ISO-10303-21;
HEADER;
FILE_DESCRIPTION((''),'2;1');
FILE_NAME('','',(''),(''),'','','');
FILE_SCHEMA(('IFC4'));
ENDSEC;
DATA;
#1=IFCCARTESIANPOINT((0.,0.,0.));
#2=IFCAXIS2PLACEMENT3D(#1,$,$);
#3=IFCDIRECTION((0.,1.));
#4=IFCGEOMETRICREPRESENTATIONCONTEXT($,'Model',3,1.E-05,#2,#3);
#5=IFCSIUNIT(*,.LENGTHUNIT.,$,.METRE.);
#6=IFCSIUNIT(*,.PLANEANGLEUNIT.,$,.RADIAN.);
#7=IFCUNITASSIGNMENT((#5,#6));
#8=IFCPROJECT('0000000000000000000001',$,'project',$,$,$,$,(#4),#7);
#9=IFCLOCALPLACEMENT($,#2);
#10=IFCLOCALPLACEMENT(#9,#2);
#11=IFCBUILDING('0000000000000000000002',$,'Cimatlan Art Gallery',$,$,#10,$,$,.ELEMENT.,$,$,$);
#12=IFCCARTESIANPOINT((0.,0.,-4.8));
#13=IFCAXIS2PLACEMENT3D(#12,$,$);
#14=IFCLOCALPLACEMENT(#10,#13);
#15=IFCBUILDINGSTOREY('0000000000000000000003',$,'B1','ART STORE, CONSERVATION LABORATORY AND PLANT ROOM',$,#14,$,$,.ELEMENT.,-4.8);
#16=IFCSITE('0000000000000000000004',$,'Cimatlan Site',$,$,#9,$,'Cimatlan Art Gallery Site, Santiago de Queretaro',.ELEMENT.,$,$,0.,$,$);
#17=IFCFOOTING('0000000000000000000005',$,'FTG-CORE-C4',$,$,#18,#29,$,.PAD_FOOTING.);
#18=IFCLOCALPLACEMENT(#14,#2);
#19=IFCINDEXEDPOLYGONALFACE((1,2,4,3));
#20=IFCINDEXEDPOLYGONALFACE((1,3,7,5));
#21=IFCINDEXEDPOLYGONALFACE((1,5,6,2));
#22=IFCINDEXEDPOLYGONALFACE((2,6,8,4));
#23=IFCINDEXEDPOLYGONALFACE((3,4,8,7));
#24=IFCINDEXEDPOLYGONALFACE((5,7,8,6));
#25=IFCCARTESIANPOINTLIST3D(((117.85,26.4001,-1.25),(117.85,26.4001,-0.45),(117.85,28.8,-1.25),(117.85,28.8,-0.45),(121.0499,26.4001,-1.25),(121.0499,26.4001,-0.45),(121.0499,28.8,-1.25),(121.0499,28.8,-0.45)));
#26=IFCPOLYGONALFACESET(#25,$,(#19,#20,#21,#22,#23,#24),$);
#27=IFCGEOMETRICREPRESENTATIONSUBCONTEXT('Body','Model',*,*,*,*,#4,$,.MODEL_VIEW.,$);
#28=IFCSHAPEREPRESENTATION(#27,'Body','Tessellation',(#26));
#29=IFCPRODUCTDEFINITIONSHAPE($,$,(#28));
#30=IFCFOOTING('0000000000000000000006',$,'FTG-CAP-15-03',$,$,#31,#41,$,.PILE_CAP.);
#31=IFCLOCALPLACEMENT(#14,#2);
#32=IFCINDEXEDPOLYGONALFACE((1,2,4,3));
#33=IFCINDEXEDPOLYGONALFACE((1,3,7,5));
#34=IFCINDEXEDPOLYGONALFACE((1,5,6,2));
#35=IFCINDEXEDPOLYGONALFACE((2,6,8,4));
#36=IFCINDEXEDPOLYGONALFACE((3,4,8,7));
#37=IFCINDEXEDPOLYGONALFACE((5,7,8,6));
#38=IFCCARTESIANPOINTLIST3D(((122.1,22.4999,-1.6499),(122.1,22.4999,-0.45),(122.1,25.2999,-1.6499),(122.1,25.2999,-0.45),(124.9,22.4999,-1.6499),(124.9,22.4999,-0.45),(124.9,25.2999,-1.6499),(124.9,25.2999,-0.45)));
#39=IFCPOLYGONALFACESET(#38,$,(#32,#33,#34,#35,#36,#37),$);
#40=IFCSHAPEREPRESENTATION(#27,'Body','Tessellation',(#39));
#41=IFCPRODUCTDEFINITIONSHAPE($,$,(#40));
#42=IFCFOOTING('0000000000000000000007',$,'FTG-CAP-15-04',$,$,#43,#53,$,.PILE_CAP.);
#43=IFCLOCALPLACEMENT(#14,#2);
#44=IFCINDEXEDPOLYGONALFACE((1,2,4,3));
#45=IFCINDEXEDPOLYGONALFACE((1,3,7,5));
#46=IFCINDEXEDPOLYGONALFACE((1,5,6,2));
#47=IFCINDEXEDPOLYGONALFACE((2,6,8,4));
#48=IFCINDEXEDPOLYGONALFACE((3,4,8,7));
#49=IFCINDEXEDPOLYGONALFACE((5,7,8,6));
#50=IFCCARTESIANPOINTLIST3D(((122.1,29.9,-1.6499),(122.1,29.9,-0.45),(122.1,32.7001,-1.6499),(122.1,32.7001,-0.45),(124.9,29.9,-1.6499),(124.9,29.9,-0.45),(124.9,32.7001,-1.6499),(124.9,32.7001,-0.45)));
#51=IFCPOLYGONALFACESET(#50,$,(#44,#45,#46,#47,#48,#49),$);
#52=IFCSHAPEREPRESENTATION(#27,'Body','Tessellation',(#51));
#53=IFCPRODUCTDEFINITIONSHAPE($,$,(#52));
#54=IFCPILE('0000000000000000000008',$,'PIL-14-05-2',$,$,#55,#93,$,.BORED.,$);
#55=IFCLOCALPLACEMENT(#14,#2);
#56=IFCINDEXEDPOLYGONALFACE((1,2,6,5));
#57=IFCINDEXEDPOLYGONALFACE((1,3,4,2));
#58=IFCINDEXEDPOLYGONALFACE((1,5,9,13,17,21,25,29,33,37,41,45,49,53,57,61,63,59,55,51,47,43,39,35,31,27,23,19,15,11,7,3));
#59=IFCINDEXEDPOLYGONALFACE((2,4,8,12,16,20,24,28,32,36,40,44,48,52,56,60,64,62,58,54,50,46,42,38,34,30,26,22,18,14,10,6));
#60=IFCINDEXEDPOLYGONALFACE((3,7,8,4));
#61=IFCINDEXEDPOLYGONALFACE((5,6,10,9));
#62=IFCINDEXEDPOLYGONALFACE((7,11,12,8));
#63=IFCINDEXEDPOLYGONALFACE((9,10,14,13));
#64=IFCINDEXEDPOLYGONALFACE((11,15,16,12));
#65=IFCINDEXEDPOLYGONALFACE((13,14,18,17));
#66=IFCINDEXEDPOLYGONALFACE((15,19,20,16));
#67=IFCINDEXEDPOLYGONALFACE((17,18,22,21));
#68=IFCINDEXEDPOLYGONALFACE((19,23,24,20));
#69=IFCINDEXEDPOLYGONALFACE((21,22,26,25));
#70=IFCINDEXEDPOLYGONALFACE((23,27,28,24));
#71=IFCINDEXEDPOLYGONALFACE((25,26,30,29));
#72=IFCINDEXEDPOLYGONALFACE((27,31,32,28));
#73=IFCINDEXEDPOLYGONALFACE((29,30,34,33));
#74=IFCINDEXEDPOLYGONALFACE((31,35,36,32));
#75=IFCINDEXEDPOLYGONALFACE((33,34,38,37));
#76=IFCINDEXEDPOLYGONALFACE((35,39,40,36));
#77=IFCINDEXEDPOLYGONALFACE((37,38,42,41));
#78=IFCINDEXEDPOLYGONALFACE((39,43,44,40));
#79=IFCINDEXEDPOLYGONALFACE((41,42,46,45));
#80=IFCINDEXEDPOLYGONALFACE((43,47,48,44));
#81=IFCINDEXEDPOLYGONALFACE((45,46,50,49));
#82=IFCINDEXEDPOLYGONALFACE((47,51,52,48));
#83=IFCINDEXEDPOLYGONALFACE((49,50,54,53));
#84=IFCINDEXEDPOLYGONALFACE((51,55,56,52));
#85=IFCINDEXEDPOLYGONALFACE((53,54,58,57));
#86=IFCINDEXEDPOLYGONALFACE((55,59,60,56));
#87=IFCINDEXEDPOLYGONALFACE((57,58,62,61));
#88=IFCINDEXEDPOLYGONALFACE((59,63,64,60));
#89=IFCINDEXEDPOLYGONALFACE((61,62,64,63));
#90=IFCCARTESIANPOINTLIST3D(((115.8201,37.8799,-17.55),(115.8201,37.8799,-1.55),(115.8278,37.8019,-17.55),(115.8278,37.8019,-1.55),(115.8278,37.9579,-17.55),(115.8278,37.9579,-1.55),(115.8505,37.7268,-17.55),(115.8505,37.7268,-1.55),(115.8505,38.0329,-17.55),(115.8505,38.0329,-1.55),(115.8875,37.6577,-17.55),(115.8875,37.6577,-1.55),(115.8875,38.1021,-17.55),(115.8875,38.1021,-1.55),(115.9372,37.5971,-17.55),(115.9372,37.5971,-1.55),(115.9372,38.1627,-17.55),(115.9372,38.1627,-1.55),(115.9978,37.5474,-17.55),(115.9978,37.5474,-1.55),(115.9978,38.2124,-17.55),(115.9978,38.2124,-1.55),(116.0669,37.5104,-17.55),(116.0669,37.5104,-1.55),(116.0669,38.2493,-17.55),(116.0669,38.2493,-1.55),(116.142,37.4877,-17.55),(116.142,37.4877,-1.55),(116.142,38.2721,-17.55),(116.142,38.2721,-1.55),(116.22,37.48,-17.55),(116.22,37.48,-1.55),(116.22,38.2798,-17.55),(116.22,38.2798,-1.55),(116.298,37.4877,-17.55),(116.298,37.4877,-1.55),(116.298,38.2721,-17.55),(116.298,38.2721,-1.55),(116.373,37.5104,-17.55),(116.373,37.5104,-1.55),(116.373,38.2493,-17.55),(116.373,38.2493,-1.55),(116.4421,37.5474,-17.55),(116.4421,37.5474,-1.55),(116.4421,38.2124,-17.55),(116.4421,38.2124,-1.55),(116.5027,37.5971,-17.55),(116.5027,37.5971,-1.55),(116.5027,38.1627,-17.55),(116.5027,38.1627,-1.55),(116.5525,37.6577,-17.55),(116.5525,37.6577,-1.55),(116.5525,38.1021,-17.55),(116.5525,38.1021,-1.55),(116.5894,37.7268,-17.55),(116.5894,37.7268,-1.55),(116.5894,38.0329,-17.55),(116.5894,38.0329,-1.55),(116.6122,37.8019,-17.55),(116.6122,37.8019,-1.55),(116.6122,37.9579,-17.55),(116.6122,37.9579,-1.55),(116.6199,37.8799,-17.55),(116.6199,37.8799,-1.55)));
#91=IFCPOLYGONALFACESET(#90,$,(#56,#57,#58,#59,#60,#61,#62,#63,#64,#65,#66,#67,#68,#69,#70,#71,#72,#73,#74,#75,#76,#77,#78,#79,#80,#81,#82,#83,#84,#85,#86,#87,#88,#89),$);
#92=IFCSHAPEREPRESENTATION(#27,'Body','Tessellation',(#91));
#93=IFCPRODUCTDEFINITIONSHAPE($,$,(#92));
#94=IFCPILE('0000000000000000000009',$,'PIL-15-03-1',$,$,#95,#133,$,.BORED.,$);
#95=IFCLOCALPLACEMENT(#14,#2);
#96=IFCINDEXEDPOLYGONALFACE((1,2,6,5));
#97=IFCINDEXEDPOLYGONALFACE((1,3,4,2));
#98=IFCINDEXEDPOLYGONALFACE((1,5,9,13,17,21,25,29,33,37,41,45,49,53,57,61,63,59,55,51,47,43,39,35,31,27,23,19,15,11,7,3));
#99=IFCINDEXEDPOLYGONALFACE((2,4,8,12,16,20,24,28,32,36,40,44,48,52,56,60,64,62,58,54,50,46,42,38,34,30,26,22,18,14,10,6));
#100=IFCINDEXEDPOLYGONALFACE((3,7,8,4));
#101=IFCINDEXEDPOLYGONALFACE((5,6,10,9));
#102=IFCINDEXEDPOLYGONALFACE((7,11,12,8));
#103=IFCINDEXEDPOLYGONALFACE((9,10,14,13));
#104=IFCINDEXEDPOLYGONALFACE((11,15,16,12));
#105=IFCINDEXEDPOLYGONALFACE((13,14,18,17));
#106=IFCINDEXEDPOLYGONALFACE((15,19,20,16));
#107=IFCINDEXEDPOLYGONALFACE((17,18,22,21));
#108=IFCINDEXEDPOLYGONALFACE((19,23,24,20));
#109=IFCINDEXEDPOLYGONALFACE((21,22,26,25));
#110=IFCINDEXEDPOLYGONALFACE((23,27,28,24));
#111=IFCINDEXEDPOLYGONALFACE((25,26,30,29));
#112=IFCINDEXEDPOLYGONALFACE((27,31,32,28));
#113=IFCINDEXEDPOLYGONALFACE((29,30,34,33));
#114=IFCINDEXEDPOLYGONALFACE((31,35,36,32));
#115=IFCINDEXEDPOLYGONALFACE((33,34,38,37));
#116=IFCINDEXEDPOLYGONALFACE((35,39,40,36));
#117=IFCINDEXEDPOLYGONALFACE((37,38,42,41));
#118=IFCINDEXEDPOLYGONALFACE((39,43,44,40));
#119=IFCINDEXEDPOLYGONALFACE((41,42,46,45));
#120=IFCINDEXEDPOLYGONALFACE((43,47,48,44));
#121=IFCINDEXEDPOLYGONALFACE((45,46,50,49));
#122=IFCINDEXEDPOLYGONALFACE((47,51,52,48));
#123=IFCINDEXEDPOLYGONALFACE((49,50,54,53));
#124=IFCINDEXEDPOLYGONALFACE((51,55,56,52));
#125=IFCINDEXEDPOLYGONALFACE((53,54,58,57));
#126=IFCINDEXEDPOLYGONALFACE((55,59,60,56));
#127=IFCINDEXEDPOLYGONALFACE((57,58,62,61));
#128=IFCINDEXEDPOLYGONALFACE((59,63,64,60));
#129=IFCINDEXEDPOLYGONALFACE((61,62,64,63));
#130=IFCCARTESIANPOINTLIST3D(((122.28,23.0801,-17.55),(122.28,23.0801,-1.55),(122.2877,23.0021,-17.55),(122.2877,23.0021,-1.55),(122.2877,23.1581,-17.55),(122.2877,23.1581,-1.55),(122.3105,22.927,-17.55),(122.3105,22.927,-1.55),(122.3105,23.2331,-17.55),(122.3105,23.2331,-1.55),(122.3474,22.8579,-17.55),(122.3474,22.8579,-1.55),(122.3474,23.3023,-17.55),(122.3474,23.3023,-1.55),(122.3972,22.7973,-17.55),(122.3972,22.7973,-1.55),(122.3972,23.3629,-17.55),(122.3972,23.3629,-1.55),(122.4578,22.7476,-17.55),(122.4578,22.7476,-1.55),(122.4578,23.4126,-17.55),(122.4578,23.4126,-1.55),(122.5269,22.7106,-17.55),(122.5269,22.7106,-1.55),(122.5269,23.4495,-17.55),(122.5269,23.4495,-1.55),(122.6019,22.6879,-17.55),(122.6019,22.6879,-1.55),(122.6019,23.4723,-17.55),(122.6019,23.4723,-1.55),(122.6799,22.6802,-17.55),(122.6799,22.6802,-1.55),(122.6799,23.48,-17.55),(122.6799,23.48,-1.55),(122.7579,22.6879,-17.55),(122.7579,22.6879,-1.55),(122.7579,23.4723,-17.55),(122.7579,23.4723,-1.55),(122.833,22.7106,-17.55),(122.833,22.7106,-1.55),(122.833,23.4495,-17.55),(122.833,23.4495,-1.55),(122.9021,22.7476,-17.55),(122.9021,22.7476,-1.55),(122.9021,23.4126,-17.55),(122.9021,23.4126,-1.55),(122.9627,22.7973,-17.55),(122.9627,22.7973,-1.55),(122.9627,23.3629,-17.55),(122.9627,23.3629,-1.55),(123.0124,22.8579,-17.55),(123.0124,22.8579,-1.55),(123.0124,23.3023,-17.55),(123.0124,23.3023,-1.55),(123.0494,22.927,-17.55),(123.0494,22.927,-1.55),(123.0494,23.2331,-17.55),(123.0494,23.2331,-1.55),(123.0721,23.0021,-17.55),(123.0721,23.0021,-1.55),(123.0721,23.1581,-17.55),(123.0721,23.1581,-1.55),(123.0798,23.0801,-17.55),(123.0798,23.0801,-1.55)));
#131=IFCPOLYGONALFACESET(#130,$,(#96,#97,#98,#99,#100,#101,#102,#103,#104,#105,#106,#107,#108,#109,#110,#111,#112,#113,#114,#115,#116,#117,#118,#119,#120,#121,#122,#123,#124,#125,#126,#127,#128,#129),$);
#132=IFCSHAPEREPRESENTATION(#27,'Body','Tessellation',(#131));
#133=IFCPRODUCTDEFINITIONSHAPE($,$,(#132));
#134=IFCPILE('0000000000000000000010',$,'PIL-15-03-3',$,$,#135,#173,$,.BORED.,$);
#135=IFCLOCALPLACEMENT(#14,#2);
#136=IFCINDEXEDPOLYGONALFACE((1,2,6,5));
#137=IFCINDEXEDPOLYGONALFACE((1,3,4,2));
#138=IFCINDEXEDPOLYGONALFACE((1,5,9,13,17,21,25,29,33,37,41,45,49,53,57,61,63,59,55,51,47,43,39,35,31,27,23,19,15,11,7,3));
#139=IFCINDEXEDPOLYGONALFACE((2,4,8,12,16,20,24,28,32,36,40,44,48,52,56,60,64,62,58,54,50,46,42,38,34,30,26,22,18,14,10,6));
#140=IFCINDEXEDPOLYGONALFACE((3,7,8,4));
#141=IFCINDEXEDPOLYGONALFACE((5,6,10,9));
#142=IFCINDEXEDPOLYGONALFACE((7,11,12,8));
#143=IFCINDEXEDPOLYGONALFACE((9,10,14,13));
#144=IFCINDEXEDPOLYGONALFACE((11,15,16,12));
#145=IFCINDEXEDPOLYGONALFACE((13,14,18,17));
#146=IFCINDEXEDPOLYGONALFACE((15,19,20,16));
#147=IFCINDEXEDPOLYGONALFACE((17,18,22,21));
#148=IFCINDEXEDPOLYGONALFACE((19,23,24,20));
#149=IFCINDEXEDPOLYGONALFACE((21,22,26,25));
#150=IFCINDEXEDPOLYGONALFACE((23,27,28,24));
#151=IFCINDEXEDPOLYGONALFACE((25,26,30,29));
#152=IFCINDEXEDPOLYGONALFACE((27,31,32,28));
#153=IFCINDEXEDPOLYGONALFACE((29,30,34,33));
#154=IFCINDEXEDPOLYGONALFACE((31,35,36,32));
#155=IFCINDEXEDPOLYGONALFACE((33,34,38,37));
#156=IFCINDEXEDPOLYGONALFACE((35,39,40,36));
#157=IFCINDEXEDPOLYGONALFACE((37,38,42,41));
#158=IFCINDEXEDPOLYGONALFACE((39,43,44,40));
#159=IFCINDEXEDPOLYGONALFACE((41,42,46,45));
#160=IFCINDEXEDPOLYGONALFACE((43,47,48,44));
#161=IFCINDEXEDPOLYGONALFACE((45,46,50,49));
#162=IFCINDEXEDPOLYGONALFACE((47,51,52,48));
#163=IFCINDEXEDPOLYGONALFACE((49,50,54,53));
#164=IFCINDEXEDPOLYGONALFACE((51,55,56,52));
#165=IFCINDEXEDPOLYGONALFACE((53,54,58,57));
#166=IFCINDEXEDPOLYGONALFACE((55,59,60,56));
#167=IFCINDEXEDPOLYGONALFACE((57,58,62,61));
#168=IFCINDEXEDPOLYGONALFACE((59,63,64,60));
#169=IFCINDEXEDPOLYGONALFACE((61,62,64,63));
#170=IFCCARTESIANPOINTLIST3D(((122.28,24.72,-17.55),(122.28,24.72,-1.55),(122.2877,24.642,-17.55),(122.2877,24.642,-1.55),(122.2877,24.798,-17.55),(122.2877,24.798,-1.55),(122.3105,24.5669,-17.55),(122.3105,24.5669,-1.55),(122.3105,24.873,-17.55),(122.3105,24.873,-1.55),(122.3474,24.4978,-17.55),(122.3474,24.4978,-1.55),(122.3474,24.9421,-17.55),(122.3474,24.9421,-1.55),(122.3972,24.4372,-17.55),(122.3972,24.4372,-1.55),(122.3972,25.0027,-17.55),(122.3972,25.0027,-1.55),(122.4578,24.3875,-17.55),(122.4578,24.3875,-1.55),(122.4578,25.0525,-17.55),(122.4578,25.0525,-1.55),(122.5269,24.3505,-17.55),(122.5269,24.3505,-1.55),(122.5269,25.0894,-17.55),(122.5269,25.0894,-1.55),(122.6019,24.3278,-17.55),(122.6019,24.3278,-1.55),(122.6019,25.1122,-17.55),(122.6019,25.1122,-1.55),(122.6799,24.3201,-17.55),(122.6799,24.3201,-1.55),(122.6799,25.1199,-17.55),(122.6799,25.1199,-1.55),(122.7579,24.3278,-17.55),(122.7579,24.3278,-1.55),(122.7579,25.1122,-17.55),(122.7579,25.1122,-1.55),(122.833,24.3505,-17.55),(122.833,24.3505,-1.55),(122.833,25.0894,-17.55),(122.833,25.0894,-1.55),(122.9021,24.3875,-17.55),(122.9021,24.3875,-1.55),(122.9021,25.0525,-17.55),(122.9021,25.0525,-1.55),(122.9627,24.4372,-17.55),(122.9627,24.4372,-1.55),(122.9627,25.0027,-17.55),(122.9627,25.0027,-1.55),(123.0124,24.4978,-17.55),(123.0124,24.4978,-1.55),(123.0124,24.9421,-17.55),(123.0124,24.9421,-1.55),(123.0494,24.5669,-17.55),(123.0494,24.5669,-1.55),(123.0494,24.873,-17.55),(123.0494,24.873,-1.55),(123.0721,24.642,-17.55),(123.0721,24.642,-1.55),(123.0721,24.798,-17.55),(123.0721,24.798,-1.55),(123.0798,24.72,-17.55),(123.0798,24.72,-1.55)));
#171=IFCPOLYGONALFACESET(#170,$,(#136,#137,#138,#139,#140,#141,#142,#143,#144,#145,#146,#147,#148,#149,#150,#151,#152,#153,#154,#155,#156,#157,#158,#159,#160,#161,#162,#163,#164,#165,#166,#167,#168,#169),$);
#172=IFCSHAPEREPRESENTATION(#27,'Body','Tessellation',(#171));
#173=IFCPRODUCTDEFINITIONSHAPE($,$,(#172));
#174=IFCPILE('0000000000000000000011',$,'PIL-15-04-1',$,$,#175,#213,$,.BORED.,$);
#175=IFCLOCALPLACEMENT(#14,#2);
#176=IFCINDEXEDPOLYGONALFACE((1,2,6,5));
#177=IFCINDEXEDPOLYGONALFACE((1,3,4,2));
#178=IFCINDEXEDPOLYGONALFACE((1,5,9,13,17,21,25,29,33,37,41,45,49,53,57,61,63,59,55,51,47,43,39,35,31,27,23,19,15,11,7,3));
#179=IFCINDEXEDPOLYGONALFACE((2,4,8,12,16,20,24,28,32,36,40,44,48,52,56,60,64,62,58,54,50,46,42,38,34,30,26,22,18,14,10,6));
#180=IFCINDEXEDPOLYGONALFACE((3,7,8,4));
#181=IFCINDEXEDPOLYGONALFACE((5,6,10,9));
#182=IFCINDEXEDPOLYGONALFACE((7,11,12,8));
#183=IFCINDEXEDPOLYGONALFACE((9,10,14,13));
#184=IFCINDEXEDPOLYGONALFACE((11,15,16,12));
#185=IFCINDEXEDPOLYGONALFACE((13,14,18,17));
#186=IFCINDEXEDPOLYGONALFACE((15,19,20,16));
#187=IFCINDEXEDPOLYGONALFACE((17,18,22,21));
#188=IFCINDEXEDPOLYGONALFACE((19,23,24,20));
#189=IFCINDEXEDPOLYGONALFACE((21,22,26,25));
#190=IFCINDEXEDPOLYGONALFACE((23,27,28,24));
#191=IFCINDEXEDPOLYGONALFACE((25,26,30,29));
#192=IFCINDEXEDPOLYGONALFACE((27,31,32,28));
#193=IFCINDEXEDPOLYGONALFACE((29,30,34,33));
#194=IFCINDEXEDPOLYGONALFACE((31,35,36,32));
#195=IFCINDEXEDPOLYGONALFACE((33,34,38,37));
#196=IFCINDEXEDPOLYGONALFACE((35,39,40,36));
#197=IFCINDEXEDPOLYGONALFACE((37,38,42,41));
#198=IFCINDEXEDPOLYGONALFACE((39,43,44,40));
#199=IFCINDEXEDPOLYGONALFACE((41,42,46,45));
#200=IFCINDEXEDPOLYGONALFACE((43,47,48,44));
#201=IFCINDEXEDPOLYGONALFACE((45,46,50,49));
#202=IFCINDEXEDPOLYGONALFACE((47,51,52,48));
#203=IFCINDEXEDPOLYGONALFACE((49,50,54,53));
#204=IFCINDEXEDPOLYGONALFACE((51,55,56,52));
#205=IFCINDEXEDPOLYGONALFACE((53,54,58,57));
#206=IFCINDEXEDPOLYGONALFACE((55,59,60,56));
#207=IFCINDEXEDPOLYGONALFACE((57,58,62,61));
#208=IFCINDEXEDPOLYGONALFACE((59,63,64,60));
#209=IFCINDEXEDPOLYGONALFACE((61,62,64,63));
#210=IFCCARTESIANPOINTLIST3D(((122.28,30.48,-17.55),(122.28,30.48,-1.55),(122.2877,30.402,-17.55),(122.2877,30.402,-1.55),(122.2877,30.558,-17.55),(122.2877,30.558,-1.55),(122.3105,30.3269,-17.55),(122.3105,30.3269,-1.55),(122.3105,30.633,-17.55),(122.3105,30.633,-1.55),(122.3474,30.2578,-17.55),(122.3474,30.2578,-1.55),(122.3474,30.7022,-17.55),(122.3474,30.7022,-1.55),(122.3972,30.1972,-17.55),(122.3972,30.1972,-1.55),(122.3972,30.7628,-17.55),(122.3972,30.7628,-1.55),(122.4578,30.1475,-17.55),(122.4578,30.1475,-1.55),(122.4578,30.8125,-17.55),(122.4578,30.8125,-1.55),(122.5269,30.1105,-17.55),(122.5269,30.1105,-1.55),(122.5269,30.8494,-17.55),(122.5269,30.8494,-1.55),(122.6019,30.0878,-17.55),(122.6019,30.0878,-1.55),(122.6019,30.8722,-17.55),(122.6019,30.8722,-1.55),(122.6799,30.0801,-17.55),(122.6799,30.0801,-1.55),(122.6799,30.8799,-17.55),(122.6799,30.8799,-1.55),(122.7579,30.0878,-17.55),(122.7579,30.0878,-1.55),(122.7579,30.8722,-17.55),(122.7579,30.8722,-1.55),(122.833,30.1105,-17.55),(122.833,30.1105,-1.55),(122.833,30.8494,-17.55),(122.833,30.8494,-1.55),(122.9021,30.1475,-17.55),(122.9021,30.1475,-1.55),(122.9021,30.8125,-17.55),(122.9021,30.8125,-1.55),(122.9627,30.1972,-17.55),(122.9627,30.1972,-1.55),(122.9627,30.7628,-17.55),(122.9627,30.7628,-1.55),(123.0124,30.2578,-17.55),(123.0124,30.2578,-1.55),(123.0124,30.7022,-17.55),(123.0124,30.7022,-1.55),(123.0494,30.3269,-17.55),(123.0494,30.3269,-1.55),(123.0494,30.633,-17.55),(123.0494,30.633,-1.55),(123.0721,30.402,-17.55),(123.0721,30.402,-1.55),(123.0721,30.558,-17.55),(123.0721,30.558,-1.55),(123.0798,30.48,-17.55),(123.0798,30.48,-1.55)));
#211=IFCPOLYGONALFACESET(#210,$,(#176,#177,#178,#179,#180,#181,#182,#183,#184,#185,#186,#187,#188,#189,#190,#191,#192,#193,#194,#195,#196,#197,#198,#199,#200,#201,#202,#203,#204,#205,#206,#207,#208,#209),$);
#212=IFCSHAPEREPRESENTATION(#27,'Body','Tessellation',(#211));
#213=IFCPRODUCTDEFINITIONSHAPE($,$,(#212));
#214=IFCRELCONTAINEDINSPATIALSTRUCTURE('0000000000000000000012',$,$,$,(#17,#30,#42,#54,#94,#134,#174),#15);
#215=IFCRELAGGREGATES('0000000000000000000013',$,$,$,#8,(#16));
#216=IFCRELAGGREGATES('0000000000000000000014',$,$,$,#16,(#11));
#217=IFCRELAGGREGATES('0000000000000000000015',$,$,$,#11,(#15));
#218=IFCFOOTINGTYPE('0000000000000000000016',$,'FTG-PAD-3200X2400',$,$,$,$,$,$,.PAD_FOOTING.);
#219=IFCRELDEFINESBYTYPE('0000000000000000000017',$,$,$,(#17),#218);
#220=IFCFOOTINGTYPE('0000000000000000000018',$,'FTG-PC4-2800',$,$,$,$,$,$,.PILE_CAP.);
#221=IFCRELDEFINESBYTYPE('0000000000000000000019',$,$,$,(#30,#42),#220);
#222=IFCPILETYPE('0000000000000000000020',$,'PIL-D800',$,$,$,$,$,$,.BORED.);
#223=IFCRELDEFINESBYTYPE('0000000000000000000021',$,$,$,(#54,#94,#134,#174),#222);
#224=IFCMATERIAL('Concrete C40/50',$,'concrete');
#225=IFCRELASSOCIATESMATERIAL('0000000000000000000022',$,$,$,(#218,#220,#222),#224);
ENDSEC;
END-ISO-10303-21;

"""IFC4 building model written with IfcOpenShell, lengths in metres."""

from ifc_helpers import new_model, si_unit, direction, frame, origin, origin_2d, place, context, subcontext, project, spatial, rectangle, circle, extrude, material, type_object, element, save


model = new_model("IFC4")

# Units and contexts
model_context = context("Model", 3, precision=1e-05, world=origin(), true_north=direction((0.0, 1.0)))
body_context = subcontext(model_context, "Body", "Model", "MODEL_VIEW")
ifc_project = project(units=[si_unit("LENGTHUNIT", "METRE"), si_unit("PLANEANGLEUNIT", "RADIAN")], contexts=[model_context])

# Site, building, storey
site_placement = place(None, origin())
site = spatial("IfcSite", under=ifc_project, at=site_placement, Name="Cimatlan Site", LongName="Cimatlan Art Gallery Site, Santiago de Queretaro", CompositionType="ELEMENT", RefElevation=0.0)
building_placement = place(site_placement, origin())
building = spatial("IfcBuilding", under=site, at=building_placement, Name="Cimatlan Art Gallery", CompositionType="ELEMENT")
storey_placement = place(building_placement, frame((0.0, 0.0, -4.8)))
storey = spatial("IfcBuildingStorey", under=building, at=storey_placement, Name="B1", Description="ART STORE, CONSERVATION LABORATORY AND PLANT ROOM", CompositionType="ELEMENT", Elevation=-4.8)

# Footings
ifc_material_1 = material(Name="Concrete C40/50", Category="concrete")
footing_type_1 = type_object("IfcFootingType", Name="FTG-PAD-3200X2400", PredefinedType="PAD_FOOTING", material=ifc_material_1)
footing_placement = place(storey_placement, frame((119.45, 27.6001, -1.25), z_axis=(0.0, 0.0, 1.0), x_axis=(1.0, 0.0, 0.0)))
element("IfcFooting", 1, at=footing_placement, inside=storey, type_object=footing_type_1, Name="FTG-CORE-C4", PredefinedType="PAD_FOOTING", context=body_context, shape_type="SweptSolid", body=[
    extrude(rectangle(XDim=3.2, YDim=2.3999, at=origin_2d()), origin(), (0.0, 0.0, 1.0), 0.8),
])
footing_type_2 = type_object("IfcFootingType", Name="FTG-PC4-2800", PredefinedType="PILE_CAP", material=ifc_material_1)
for number, where, z_axis, x_axis, name in (
    (2, (123.5, 23.8999, -1.6499), (0.0, 0.0, 1.0), (1.0, 0.0, 0.0), "FTG-CAP-15-03"),
    (3, (123.5, 31.3, -1.6499), (0.0, 0.0, 1.0), (1.0, 0.0, 0.0), "FTG-CAP-15-04"),
):
    element("IfcFooting", number, at=place(storey_placement, frame(where, z_axis=z_axis, x_axis=x_axis)), inside=storey, type_object=footing_type_2, Name=name, PredefinedType="PILE_CAP", context=body_context, shape_type="SweptSolid", body=[
        extrude(rectangle(XDim=2.8, YDim=2.8, at=origin_2d()), origin(), (0.0, 0.0, 1.0), 1.2),
    ])

# Piles
pile_type = type_object("IfcPileType", Name="PIL-D800", PredefinedType="BORED", material=ifc_material_1)
for number, where, z_axis, x_axis, name in (
    (4, (116.22, 37.8799, -1.55), (0.0, 0.0, -1.0), (1.0, 0.0, 0.0), "PIL-14-05-2"),
    (5, (122.6799, 23.0801, -1.55), (0.0, 0.0, -1.0), (1.0, 0.0, 0.0), "PIL-15-03-1"),
    (6, (122.6799, 24.72, -1.55), (0.0, 0.0, -1.0), (1.0, 0.0, 0.0), "PIL-15-03-3"),
    (7, (122.6799, 30.48, -1.55), (0.0, 0.0, -1.0), (1.0, 0.0, 0.0), "PIL-15-04-1"),
):
    element("IfcPile", number, at=place(storey_placement, frame(where, z_axis=z_axis, x_axis=x_axis)), inside=storey, type_object=pile_type, Name=name, PredefinedType="BORED", context=body_context, shape_type="SweptSolid", body=[
        extrude(circle(Radius=0.3999, at=origin_2d()), origin(), (0.0, 0.0, 1.0), 16.0),
    ])

save(model, "model.ifc")
